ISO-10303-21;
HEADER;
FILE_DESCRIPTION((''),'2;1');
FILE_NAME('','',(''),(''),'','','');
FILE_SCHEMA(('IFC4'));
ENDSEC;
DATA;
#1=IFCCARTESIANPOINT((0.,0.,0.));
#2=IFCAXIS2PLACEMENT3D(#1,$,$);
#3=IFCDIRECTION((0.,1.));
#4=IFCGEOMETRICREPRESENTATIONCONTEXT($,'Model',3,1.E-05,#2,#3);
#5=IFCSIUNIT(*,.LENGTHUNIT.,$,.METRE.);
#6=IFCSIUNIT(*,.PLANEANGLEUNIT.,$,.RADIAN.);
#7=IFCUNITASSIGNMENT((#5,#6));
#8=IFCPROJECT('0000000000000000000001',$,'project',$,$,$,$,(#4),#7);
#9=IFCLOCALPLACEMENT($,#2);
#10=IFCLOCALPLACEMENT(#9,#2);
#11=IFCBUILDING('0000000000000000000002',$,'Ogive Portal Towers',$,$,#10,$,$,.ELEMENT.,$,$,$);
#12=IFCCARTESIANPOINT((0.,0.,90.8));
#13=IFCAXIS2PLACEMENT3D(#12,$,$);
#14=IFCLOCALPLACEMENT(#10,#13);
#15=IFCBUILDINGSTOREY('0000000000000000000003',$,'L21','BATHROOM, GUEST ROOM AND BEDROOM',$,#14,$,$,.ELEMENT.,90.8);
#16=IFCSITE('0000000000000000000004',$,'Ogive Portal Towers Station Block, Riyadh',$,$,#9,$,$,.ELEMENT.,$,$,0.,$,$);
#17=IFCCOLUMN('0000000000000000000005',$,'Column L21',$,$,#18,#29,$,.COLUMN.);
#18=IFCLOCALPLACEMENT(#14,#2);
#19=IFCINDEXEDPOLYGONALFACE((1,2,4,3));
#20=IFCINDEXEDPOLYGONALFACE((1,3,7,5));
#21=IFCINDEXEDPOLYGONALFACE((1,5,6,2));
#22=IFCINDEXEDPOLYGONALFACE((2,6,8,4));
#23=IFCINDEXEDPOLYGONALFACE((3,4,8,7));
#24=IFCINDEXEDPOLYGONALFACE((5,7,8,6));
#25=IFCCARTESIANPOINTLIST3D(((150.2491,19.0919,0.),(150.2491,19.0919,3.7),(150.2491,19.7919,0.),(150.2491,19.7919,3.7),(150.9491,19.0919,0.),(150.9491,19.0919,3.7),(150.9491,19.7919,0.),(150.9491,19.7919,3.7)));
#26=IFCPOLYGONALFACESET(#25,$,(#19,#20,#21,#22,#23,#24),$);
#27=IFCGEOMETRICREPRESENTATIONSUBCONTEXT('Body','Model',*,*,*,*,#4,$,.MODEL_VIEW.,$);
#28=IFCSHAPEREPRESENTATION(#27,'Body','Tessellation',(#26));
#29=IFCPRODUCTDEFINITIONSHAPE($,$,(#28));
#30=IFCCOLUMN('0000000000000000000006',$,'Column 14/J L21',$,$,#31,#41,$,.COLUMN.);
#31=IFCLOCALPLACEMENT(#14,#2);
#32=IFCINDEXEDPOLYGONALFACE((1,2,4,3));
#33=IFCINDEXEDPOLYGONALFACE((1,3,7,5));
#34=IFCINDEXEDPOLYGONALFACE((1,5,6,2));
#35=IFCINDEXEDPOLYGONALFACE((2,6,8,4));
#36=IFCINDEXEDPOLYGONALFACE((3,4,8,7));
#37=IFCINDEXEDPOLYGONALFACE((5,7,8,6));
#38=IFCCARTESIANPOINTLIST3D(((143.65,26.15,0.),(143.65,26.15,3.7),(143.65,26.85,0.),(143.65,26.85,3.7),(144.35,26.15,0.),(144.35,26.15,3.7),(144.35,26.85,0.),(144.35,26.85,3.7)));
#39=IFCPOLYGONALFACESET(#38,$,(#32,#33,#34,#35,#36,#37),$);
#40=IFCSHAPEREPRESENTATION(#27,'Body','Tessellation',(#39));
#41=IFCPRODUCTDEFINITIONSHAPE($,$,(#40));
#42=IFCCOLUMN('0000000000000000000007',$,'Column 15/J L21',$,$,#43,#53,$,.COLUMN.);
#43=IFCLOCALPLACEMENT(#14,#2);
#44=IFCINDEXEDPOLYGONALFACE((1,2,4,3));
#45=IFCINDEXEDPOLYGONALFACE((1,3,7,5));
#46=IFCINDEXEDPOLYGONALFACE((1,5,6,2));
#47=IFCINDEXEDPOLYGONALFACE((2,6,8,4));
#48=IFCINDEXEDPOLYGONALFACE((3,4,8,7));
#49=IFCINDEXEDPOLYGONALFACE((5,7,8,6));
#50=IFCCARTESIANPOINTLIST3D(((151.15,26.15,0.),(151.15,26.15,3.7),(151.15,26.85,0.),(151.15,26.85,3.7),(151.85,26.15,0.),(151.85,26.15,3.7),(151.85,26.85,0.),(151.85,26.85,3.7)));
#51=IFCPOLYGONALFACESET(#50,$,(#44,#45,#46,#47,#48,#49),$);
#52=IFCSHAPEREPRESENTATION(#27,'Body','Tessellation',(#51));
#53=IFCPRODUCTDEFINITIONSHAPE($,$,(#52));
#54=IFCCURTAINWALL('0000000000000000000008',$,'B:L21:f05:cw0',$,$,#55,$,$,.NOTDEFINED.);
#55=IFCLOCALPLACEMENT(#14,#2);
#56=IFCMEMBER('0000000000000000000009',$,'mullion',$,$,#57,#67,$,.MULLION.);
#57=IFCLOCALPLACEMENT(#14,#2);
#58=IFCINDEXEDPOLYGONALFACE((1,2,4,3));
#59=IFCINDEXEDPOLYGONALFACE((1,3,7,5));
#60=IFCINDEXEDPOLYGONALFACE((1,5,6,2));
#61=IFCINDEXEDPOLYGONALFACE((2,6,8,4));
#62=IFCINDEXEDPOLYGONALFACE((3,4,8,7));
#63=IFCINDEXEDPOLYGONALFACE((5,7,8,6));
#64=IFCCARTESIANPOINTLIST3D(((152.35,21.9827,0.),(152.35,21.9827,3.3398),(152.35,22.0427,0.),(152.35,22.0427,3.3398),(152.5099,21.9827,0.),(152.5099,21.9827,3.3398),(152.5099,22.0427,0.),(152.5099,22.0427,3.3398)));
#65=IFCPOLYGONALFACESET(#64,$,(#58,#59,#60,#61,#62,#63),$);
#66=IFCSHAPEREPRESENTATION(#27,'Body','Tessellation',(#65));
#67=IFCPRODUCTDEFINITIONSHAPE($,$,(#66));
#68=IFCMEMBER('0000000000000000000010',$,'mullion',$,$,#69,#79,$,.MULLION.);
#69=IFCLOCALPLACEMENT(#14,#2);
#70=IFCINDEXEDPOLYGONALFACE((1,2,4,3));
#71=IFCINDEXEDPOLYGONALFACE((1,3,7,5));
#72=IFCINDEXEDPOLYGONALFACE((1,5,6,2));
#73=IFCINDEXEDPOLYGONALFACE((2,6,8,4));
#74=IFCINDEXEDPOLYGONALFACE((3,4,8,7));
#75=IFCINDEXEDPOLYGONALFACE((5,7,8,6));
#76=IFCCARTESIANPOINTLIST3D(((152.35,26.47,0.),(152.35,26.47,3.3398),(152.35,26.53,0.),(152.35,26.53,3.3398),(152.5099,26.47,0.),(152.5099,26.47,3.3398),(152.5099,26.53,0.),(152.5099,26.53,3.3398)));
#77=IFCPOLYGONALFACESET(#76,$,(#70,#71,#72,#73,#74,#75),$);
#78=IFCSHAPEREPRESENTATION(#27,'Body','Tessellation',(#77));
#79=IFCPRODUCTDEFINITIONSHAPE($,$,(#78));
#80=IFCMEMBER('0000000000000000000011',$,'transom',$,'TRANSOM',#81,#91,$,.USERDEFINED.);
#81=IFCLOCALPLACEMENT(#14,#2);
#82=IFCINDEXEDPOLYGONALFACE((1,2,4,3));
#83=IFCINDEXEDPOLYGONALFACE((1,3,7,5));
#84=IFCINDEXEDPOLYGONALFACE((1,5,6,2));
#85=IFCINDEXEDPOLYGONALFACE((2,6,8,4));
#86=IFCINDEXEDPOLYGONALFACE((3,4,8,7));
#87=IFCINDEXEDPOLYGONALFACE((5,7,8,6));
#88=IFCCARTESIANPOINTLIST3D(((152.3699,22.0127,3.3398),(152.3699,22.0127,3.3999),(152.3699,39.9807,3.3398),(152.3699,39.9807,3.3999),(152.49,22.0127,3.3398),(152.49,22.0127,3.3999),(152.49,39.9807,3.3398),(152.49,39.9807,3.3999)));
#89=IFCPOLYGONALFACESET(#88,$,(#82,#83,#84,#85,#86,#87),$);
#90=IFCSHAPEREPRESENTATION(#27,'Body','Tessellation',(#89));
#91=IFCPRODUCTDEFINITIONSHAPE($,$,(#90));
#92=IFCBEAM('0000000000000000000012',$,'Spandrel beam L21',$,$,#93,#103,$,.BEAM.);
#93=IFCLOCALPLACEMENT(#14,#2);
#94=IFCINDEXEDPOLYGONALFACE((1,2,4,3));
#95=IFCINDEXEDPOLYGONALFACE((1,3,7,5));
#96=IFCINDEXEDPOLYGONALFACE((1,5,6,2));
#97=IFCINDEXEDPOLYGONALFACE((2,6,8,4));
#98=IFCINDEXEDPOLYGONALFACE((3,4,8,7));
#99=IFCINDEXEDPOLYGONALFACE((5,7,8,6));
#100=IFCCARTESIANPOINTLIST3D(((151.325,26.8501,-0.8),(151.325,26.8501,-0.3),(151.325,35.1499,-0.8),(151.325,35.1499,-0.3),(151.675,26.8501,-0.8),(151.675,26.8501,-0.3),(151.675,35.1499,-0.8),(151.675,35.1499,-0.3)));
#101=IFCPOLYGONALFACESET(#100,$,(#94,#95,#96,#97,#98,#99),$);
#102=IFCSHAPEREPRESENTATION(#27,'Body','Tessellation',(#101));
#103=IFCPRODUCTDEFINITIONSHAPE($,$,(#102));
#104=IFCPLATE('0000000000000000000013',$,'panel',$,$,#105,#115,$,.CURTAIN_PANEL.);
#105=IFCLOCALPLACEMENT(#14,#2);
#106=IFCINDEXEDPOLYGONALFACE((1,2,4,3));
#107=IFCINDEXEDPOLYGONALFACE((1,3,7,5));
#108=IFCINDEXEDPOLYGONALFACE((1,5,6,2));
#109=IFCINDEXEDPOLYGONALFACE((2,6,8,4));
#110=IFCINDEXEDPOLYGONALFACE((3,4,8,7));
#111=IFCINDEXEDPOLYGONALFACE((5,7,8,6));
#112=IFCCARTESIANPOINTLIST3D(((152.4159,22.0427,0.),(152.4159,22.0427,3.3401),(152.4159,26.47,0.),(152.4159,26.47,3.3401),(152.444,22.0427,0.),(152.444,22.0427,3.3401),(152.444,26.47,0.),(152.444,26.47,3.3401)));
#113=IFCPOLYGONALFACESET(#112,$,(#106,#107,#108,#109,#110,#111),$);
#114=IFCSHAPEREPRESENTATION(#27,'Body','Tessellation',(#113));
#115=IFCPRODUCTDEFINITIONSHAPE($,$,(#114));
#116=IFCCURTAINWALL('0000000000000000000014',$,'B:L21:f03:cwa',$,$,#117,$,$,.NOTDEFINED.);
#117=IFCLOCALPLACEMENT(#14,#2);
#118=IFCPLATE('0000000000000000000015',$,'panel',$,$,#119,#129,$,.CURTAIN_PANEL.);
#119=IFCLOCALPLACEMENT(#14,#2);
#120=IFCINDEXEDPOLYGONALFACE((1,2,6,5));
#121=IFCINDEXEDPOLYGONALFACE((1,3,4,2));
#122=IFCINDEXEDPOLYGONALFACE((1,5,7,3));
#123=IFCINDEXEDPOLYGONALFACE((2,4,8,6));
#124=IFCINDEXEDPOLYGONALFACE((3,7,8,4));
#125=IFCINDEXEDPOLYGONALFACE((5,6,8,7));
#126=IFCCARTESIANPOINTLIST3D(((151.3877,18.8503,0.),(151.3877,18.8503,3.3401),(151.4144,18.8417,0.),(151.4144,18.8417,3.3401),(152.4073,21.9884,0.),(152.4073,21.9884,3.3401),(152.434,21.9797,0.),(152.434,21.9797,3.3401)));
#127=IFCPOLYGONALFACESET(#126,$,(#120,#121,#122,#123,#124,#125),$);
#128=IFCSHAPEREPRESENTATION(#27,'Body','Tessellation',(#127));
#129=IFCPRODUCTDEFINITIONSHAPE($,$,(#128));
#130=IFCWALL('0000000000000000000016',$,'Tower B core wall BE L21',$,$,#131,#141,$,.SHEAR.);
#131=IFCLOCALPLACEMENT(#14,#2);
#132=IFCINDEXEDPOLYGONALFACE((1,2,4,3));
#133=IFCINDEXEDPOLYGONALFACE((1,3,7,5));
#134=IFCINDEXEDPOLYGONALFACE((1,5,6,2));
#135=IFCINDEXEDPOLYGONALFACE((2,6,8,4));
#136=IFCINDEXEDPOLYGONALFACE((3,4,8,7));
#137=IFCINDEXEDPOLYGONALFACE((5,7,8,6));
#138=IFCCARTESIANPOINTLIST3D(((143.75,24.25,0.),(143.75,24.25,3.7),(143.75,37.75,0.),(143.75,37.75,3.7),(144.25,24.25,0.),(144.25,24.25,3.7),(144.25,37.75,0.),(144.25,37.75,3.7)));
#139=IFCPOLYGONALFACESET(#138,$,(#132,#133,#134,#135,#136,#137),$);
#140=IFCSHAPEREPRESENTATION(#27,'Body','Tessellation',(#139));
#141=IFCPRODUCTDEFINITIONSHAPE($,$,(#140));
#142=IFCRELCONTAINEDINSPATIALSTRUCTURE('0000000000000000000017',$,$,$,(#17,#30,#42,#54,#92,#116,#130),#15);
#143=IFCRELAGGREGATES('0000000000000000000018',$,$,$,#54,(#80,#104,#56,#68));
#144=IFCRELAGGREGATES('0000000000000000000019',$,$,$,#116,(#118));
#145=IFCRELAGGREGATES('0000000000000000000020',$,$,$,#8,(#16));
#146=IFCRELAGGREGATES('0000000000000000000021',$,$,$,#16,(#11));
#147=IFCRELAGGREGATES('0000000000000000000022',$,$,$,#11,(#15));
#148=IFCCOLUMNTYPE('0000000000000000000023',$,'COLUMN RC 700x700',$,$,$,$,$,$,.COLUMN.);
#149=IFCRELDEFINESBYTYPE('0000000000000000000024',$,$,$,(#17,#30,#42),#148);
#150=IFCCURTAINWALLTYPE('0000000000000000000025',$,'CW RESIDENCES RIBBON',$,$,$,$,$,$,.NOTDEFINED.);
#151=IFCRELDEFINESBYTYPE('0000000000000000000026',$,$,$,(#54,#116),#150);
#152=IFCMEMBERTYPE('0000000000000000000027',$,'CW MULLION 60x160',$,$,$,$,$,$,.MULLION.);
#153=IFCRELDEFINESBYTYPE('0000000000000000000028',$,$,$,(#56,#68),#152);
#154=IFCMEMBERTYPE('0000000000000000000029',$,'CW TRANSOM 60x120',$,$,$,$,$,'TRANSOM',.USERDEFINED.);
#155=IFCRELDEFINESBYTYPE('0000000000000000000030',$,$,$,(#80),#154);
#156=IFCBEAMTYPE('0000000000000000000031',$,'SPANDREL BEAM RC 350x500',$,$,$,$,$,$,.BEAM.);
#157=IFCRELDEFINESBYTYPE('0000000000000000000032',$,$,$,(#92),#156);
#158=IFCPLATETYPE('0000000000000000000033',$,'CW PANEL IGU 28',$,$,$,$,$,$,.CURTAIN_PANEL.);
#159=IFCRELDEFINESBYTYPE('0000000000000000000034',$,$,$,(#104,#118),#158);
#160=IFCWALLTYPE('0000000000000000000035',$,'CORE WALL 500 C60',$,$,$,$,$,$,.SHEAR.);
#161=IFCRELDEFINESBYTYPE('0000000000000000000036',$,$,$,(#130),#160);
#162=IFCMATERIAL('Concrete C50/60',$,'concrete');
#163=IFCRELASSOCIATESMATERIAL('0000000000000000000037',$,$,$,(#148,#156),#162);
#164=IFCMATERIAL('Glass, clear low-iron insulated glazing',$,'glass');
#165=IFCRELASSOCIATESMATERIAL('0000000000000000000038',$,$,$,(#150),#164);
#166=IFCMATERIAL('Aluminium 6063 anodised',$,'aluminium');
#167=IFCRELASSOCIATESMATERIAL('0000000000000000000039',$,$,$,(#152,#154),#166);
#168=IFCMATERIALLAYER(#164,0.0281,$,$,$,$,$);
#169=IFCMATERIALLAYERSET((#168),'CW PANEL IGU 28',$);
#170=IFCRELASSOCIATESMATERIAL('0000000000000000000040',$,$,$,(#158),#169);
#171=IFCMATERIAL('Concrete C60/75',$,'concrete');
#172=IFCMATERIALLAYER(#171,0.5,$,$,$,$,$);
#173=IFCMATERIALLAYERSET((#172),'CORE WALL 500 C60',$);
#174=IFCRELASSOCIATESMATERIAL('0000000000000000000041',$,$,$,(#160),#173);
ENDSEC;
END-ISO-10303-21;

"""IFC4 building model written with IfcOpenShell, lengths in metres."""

from ifc_helpers import new_model, si_unit, direction, frame, frame_2d, origin, origin_2d, place, context, subcontext, project, spatial, rectangle, extrude, material, layer, layer_set, material_profile, profile_set, type_object, element, aggregate, save


model = new_model("IFC4")

# Units and contexts
model_context = context("Model", 3, precision=1e-05, world=origin(), true_north=direction((0.0, 1.0)))
body_context = subcontext(model_context, "Body", "Model", "MODEL_VIEW")
ifc_project = project(units=[si_unit("LENGTHUNIT", "METRE"), si_unit("PLANEANGLEUNIT", "RADIAN")], contexts=[model_context])

# Site, building, storey
site_placement = place(None, origin())
site = spatial("IfcSite", under=ifc_project, at=site_placement, Name="Ogive Portal Towers Station Block, Riyadh", CompositionType="ELEMENT", RefElevation=0.0)
building_placement = place(site_placement, origin())
building = spatial("IfcBuilding", under=site, at=building_placement, Name="Ogive Portal Towers", CompositionType="ELEMENT")
storey_placement = place(building_placement, frame((0.0, 0.0, 90.8)))
storey = spatial("IfcBuildingStorey", under=building, at=storey_placement, Name="L21", Description="BATHROOM, GUEST ROOM AND BEDROOM", CompositionType="ELEMENT", Elevation=90.8)

# Columns
ifc_material_1 = material(Name="Concrete C50/60", Category="concrete")
ifc_material_profile_1 = material_profile(ifc_material_1, rectangle(XDim=0.7, YDim=0.7, at=origin_2d()), Name="RC 700x700")
ifc_profile_set_1 = profile_set([ifc_material_profile_1], Name="Concrete C50/60")
column_type = type_object("IfcColumnType", Name="COLUMN RC 700x700", PredefinedType="COLUMN", material=ifc_profile_set_1)
for number, where, z_axis, x_axis, name in (
    (1, (150.5991, 19.4419, 0.0), (0.0, 0.0, 1.0), (1.0, 0.0, 0.0), "Column L21"),
    (2, (144.0, 26.5, 0.0), (0.0, 0.0, 1.0), (1.0, 0.0, 0.0), "Column 14/J L21"),
    (3, (151.5, 26.5, 0.0), (0.0, 0.0, 1.0), (1.0, 0.0, 0.0), "Column 15/J L21"),
):
    element("IfcColumn", number, at=place(storey_placement, frame(where, z_axis=z_axis, x_axis=x_axis)), inside=storey, type_object=column_type, Name=name, PredefinedType="COLUMN", context=body_context, shape_type="SweptSolid", body=[
        extrude(rectangle(XDim=0.7, YDim=0.7, at=origin_2d()), origin(), (0.0, 0.0, 1.0), 3.7),
    ])

# Curtain wall, members
ifc_material_2 = material(Name="Glass, clear low-iron insulated glazing", Category="glass")
curtain_wall_type = type_object("IfcCurtainWallType", Name="CW RESIDENCES RIBBON", PredefinedType="NOTDEFINED", material=ifc_material_2)
curtain_wall_1_placement = place(storey_placement, origin())
curtain_wall_1 = element("IfcCurtainWall", 4, at=curtain_wall_1_placement, inside=storey, type_object=curtain_wall_type, Name="B:L21:f05:cw0", PredefinedType="NOTDEFINED")
ifc_material_3 = material(Name="Aluminium 6063 anodised", Category="aluminium")
ifc_material_profile_2 = material_profile(ifc_material_3, rectangle(XDim=0.1599, YDim=0.0601, at=origin_2d()), Name="AL 60x160")
ifc_profile_set_2 = profile_set([ifc_material_profile_2], Name="Aluminium 6063 anodised")
member_type_1 = type_object("IfcMemberType", Name="CW MULLION 60x160", PredefinedType="MULLION", material=ifc_profile_set_2)
member_1_placement = place(storey_placement, frame((152.4299, 22.0127, 0.0), z_axis=(0.0, 0.0, 1.0), x_axis=(-1.0, 0.0, 0.0)))
member_1 = element("IfcMember", 5, at=member_1_placement, type_object=member_type_1, Name="mullion", PredefinedType="MULLION", context=body_context, shape_type="SweptSolid", body=[
    extrude(rectangle(XDim=0.1599, YDim=0.0601, at=origin_2d()), origin(), (0.0, 0.0, 1.0), 3.3398),
])
member_2_placement = place(storey_placement, frame((152.4299, 26.5, 0.0), z_axis=(0.0, 0.0, 1.0), x_axis=(-1.0, 0.0, 0.0)))
member_2 = element("IfcMember", 6, at=member_2_placement, type_object=member_type_1, Name="mullion", PredefinedType="MULLION", context=body_context, shape_type="SweptSolid", body=[
    extrude(rectangle(XDim=0.1599, YDim=0.0601, at=origin_2d()), origin(), (0.0, 0.0, 1.0), 3.3398),
])
ifc_material_profile_3 = material_profile(ifc_material_3, rectangle(XDim=0.1201, YDim=0.0601, at=origin_2d()), Name="AL 120x60")
ifc_profile_set_3 = profile_set([ifc_material_profile_3], Name="Aluminium 6063 anodised")
member_type_2 = type_object("IfcMemberType", Name="CW TRANSOM 60x120", ElementType="TRANSOM", PredefinedType="USERDEFINED", material=ifc_profile_set_3)
member_3_placement = place(storey_placement, frame((152.4299, 22.0127, 3.3699), z_axis=(0.0, 1.0, 0.0), x_axis=(-1.0, 0.0, 0.0)))
member_3 = element("IfcMember", 7, at=member_3_placement, type_object=member_type_2, Name="transom", ObjectType="TRANSOM", PredefinedType="USERDEFINED", context=body_context, shape_type="SweptSolid", body=[
    extrude(rectangle(XDim=0.1201, YDim=0.0601, at=origin_2d()), origin(), (0.0, 0.0, 1.0), 17.968),
])

# Beam
ifc_material_profile_4 = material_profile(ifc_material_1, rectangle(XDim=0.3501, YDim=0.5, at=origin_2d()), Name="RC 350x500")
ifc_profile_set_4 = profile_set([ifc_material_profile_4], Name="Concrete C50/60")
beam_type = type_object("IfcBeamType", Name="SPANDREL BEAM RC 350x500", PredefinedType="BEAM", material=ifc_profile_set_4)
beam_placement = place(storey_placement, frame((151.5, 26.8501, -0.55), z_axis=(0.0, 1.0, 0.0), x_axis=(-1.0, 0.0, 0.0)))
element("IfcBeam", 8, at=beam_placement, inside=storey, type_object=beam_type, Name="Spandrel beam L21", PredefinedType="BEAM", context=body_context, shape_type="SweptSolid", body=[
    extrude(rectangle(XDim=0.3501, YDim=0.5, at=origin_2d()), origin(), (0.0, 0.0, 1.0), 8.2998),
])

# Plate
ifc_layer_1 = layer(ifc_material_2, 0.0281)
ifc_layer_set_1 = layer_set([ifc_layer_1], Name="CW PANEL IGU 28")
plate_type = type_object("IfcPlateType", Name="CW PANEL IGU 28", PredefinedType="CURTAIN_PANEL", material=ifc_layer_set_1)
plate_1_placement = place(storey_placement, frame((152.4299, 24.2563, 0.0), z_axis=(0.0, 0.0, 1.0), x_axis=(0.0, 1.0, 0.0)))
plate_1 = element("IfcPlate", 9, at=plate_1_placement, type_object=plate_type, Name="panel", PredefinedType="CURTAIN_PANEL", context=body_context, shape_type="SweptSolid", body=[
    extrude(rectangle(XDim=4.4272, YDim=0.0281, at=origin_2d()), origin(), (0.0, 0.0, 1.0), 3.3401),
])
aggregate(curtain_wall_1, [member_3, plate_1, member_1, member_2])

# Curtain wall, plate
curtain_wall_2_placement = place(storey_placement, origin())
curtain_wall_2 = element("IfcCurtainWall", 10, at=curtain_wall_2_placement, inside=storey, type_object=curtain_wall_type, Name="B:L21:f03:cwa", PredefinedType="NOTDEFINED")
plate_2_placement = place(storey_placement, frame((151.9109, 20.415, 0.0), z_axis=(0.0, 0.0, 1.0), x_axis=(0.309017, 0.951057, 0.0)))
plate_2 = element("IfcPlate", 11, at=plate_2_placement, type_object=plate_type, Name="panel", PredefinedType="CURTAIN_PANEL", context=body_context, shape_type="SweptSolid", body=[
    extrude(rectangle(XDim=3.2996, YDim=0.0281, at=origin_2d()), origin(), (0.0, 0.0, 1.0), 3.3401),
])
aggregate(curtain_wall_2, [plate_2])

# Wall
ifc_material_4 = material(Name="Concrete C60/75", Category="concrete")
ifc_layer_2 = layer(ifc_material_4, 0.5)
ifc_layer_set_2 = layer_set([ifc_layer_2], Name="CORE WALL 500 C60")
wall_type_1 = type_object("IfcWallType", Name="CORE WALL 500 C60", PredefinedType="SHEAR", material=ifc_layer_set_2)
wall_1_placement = place(storey_placement, frame((144.0, 24.25, 0.0), z_axis=(0.0, 0.0, 1.0), x_axis=(0.0, 1.0, 0.0)))
element("IfcWall", 12, at=wall_1_placement, inside=storey, type_object=wall_type_1, Name="Tower B core wall BE L21", PredefinedType="SHEAR", context=body_context, shape_type="SweptSolid", body=[
    extrude(rectangle(XDim=13.5, YDim=0.5, at=frame_2d((6.75, 0.0))), origin(), (0.0, 0.0, 1.0), 3.7),
])

save(model, "model.ifc")
